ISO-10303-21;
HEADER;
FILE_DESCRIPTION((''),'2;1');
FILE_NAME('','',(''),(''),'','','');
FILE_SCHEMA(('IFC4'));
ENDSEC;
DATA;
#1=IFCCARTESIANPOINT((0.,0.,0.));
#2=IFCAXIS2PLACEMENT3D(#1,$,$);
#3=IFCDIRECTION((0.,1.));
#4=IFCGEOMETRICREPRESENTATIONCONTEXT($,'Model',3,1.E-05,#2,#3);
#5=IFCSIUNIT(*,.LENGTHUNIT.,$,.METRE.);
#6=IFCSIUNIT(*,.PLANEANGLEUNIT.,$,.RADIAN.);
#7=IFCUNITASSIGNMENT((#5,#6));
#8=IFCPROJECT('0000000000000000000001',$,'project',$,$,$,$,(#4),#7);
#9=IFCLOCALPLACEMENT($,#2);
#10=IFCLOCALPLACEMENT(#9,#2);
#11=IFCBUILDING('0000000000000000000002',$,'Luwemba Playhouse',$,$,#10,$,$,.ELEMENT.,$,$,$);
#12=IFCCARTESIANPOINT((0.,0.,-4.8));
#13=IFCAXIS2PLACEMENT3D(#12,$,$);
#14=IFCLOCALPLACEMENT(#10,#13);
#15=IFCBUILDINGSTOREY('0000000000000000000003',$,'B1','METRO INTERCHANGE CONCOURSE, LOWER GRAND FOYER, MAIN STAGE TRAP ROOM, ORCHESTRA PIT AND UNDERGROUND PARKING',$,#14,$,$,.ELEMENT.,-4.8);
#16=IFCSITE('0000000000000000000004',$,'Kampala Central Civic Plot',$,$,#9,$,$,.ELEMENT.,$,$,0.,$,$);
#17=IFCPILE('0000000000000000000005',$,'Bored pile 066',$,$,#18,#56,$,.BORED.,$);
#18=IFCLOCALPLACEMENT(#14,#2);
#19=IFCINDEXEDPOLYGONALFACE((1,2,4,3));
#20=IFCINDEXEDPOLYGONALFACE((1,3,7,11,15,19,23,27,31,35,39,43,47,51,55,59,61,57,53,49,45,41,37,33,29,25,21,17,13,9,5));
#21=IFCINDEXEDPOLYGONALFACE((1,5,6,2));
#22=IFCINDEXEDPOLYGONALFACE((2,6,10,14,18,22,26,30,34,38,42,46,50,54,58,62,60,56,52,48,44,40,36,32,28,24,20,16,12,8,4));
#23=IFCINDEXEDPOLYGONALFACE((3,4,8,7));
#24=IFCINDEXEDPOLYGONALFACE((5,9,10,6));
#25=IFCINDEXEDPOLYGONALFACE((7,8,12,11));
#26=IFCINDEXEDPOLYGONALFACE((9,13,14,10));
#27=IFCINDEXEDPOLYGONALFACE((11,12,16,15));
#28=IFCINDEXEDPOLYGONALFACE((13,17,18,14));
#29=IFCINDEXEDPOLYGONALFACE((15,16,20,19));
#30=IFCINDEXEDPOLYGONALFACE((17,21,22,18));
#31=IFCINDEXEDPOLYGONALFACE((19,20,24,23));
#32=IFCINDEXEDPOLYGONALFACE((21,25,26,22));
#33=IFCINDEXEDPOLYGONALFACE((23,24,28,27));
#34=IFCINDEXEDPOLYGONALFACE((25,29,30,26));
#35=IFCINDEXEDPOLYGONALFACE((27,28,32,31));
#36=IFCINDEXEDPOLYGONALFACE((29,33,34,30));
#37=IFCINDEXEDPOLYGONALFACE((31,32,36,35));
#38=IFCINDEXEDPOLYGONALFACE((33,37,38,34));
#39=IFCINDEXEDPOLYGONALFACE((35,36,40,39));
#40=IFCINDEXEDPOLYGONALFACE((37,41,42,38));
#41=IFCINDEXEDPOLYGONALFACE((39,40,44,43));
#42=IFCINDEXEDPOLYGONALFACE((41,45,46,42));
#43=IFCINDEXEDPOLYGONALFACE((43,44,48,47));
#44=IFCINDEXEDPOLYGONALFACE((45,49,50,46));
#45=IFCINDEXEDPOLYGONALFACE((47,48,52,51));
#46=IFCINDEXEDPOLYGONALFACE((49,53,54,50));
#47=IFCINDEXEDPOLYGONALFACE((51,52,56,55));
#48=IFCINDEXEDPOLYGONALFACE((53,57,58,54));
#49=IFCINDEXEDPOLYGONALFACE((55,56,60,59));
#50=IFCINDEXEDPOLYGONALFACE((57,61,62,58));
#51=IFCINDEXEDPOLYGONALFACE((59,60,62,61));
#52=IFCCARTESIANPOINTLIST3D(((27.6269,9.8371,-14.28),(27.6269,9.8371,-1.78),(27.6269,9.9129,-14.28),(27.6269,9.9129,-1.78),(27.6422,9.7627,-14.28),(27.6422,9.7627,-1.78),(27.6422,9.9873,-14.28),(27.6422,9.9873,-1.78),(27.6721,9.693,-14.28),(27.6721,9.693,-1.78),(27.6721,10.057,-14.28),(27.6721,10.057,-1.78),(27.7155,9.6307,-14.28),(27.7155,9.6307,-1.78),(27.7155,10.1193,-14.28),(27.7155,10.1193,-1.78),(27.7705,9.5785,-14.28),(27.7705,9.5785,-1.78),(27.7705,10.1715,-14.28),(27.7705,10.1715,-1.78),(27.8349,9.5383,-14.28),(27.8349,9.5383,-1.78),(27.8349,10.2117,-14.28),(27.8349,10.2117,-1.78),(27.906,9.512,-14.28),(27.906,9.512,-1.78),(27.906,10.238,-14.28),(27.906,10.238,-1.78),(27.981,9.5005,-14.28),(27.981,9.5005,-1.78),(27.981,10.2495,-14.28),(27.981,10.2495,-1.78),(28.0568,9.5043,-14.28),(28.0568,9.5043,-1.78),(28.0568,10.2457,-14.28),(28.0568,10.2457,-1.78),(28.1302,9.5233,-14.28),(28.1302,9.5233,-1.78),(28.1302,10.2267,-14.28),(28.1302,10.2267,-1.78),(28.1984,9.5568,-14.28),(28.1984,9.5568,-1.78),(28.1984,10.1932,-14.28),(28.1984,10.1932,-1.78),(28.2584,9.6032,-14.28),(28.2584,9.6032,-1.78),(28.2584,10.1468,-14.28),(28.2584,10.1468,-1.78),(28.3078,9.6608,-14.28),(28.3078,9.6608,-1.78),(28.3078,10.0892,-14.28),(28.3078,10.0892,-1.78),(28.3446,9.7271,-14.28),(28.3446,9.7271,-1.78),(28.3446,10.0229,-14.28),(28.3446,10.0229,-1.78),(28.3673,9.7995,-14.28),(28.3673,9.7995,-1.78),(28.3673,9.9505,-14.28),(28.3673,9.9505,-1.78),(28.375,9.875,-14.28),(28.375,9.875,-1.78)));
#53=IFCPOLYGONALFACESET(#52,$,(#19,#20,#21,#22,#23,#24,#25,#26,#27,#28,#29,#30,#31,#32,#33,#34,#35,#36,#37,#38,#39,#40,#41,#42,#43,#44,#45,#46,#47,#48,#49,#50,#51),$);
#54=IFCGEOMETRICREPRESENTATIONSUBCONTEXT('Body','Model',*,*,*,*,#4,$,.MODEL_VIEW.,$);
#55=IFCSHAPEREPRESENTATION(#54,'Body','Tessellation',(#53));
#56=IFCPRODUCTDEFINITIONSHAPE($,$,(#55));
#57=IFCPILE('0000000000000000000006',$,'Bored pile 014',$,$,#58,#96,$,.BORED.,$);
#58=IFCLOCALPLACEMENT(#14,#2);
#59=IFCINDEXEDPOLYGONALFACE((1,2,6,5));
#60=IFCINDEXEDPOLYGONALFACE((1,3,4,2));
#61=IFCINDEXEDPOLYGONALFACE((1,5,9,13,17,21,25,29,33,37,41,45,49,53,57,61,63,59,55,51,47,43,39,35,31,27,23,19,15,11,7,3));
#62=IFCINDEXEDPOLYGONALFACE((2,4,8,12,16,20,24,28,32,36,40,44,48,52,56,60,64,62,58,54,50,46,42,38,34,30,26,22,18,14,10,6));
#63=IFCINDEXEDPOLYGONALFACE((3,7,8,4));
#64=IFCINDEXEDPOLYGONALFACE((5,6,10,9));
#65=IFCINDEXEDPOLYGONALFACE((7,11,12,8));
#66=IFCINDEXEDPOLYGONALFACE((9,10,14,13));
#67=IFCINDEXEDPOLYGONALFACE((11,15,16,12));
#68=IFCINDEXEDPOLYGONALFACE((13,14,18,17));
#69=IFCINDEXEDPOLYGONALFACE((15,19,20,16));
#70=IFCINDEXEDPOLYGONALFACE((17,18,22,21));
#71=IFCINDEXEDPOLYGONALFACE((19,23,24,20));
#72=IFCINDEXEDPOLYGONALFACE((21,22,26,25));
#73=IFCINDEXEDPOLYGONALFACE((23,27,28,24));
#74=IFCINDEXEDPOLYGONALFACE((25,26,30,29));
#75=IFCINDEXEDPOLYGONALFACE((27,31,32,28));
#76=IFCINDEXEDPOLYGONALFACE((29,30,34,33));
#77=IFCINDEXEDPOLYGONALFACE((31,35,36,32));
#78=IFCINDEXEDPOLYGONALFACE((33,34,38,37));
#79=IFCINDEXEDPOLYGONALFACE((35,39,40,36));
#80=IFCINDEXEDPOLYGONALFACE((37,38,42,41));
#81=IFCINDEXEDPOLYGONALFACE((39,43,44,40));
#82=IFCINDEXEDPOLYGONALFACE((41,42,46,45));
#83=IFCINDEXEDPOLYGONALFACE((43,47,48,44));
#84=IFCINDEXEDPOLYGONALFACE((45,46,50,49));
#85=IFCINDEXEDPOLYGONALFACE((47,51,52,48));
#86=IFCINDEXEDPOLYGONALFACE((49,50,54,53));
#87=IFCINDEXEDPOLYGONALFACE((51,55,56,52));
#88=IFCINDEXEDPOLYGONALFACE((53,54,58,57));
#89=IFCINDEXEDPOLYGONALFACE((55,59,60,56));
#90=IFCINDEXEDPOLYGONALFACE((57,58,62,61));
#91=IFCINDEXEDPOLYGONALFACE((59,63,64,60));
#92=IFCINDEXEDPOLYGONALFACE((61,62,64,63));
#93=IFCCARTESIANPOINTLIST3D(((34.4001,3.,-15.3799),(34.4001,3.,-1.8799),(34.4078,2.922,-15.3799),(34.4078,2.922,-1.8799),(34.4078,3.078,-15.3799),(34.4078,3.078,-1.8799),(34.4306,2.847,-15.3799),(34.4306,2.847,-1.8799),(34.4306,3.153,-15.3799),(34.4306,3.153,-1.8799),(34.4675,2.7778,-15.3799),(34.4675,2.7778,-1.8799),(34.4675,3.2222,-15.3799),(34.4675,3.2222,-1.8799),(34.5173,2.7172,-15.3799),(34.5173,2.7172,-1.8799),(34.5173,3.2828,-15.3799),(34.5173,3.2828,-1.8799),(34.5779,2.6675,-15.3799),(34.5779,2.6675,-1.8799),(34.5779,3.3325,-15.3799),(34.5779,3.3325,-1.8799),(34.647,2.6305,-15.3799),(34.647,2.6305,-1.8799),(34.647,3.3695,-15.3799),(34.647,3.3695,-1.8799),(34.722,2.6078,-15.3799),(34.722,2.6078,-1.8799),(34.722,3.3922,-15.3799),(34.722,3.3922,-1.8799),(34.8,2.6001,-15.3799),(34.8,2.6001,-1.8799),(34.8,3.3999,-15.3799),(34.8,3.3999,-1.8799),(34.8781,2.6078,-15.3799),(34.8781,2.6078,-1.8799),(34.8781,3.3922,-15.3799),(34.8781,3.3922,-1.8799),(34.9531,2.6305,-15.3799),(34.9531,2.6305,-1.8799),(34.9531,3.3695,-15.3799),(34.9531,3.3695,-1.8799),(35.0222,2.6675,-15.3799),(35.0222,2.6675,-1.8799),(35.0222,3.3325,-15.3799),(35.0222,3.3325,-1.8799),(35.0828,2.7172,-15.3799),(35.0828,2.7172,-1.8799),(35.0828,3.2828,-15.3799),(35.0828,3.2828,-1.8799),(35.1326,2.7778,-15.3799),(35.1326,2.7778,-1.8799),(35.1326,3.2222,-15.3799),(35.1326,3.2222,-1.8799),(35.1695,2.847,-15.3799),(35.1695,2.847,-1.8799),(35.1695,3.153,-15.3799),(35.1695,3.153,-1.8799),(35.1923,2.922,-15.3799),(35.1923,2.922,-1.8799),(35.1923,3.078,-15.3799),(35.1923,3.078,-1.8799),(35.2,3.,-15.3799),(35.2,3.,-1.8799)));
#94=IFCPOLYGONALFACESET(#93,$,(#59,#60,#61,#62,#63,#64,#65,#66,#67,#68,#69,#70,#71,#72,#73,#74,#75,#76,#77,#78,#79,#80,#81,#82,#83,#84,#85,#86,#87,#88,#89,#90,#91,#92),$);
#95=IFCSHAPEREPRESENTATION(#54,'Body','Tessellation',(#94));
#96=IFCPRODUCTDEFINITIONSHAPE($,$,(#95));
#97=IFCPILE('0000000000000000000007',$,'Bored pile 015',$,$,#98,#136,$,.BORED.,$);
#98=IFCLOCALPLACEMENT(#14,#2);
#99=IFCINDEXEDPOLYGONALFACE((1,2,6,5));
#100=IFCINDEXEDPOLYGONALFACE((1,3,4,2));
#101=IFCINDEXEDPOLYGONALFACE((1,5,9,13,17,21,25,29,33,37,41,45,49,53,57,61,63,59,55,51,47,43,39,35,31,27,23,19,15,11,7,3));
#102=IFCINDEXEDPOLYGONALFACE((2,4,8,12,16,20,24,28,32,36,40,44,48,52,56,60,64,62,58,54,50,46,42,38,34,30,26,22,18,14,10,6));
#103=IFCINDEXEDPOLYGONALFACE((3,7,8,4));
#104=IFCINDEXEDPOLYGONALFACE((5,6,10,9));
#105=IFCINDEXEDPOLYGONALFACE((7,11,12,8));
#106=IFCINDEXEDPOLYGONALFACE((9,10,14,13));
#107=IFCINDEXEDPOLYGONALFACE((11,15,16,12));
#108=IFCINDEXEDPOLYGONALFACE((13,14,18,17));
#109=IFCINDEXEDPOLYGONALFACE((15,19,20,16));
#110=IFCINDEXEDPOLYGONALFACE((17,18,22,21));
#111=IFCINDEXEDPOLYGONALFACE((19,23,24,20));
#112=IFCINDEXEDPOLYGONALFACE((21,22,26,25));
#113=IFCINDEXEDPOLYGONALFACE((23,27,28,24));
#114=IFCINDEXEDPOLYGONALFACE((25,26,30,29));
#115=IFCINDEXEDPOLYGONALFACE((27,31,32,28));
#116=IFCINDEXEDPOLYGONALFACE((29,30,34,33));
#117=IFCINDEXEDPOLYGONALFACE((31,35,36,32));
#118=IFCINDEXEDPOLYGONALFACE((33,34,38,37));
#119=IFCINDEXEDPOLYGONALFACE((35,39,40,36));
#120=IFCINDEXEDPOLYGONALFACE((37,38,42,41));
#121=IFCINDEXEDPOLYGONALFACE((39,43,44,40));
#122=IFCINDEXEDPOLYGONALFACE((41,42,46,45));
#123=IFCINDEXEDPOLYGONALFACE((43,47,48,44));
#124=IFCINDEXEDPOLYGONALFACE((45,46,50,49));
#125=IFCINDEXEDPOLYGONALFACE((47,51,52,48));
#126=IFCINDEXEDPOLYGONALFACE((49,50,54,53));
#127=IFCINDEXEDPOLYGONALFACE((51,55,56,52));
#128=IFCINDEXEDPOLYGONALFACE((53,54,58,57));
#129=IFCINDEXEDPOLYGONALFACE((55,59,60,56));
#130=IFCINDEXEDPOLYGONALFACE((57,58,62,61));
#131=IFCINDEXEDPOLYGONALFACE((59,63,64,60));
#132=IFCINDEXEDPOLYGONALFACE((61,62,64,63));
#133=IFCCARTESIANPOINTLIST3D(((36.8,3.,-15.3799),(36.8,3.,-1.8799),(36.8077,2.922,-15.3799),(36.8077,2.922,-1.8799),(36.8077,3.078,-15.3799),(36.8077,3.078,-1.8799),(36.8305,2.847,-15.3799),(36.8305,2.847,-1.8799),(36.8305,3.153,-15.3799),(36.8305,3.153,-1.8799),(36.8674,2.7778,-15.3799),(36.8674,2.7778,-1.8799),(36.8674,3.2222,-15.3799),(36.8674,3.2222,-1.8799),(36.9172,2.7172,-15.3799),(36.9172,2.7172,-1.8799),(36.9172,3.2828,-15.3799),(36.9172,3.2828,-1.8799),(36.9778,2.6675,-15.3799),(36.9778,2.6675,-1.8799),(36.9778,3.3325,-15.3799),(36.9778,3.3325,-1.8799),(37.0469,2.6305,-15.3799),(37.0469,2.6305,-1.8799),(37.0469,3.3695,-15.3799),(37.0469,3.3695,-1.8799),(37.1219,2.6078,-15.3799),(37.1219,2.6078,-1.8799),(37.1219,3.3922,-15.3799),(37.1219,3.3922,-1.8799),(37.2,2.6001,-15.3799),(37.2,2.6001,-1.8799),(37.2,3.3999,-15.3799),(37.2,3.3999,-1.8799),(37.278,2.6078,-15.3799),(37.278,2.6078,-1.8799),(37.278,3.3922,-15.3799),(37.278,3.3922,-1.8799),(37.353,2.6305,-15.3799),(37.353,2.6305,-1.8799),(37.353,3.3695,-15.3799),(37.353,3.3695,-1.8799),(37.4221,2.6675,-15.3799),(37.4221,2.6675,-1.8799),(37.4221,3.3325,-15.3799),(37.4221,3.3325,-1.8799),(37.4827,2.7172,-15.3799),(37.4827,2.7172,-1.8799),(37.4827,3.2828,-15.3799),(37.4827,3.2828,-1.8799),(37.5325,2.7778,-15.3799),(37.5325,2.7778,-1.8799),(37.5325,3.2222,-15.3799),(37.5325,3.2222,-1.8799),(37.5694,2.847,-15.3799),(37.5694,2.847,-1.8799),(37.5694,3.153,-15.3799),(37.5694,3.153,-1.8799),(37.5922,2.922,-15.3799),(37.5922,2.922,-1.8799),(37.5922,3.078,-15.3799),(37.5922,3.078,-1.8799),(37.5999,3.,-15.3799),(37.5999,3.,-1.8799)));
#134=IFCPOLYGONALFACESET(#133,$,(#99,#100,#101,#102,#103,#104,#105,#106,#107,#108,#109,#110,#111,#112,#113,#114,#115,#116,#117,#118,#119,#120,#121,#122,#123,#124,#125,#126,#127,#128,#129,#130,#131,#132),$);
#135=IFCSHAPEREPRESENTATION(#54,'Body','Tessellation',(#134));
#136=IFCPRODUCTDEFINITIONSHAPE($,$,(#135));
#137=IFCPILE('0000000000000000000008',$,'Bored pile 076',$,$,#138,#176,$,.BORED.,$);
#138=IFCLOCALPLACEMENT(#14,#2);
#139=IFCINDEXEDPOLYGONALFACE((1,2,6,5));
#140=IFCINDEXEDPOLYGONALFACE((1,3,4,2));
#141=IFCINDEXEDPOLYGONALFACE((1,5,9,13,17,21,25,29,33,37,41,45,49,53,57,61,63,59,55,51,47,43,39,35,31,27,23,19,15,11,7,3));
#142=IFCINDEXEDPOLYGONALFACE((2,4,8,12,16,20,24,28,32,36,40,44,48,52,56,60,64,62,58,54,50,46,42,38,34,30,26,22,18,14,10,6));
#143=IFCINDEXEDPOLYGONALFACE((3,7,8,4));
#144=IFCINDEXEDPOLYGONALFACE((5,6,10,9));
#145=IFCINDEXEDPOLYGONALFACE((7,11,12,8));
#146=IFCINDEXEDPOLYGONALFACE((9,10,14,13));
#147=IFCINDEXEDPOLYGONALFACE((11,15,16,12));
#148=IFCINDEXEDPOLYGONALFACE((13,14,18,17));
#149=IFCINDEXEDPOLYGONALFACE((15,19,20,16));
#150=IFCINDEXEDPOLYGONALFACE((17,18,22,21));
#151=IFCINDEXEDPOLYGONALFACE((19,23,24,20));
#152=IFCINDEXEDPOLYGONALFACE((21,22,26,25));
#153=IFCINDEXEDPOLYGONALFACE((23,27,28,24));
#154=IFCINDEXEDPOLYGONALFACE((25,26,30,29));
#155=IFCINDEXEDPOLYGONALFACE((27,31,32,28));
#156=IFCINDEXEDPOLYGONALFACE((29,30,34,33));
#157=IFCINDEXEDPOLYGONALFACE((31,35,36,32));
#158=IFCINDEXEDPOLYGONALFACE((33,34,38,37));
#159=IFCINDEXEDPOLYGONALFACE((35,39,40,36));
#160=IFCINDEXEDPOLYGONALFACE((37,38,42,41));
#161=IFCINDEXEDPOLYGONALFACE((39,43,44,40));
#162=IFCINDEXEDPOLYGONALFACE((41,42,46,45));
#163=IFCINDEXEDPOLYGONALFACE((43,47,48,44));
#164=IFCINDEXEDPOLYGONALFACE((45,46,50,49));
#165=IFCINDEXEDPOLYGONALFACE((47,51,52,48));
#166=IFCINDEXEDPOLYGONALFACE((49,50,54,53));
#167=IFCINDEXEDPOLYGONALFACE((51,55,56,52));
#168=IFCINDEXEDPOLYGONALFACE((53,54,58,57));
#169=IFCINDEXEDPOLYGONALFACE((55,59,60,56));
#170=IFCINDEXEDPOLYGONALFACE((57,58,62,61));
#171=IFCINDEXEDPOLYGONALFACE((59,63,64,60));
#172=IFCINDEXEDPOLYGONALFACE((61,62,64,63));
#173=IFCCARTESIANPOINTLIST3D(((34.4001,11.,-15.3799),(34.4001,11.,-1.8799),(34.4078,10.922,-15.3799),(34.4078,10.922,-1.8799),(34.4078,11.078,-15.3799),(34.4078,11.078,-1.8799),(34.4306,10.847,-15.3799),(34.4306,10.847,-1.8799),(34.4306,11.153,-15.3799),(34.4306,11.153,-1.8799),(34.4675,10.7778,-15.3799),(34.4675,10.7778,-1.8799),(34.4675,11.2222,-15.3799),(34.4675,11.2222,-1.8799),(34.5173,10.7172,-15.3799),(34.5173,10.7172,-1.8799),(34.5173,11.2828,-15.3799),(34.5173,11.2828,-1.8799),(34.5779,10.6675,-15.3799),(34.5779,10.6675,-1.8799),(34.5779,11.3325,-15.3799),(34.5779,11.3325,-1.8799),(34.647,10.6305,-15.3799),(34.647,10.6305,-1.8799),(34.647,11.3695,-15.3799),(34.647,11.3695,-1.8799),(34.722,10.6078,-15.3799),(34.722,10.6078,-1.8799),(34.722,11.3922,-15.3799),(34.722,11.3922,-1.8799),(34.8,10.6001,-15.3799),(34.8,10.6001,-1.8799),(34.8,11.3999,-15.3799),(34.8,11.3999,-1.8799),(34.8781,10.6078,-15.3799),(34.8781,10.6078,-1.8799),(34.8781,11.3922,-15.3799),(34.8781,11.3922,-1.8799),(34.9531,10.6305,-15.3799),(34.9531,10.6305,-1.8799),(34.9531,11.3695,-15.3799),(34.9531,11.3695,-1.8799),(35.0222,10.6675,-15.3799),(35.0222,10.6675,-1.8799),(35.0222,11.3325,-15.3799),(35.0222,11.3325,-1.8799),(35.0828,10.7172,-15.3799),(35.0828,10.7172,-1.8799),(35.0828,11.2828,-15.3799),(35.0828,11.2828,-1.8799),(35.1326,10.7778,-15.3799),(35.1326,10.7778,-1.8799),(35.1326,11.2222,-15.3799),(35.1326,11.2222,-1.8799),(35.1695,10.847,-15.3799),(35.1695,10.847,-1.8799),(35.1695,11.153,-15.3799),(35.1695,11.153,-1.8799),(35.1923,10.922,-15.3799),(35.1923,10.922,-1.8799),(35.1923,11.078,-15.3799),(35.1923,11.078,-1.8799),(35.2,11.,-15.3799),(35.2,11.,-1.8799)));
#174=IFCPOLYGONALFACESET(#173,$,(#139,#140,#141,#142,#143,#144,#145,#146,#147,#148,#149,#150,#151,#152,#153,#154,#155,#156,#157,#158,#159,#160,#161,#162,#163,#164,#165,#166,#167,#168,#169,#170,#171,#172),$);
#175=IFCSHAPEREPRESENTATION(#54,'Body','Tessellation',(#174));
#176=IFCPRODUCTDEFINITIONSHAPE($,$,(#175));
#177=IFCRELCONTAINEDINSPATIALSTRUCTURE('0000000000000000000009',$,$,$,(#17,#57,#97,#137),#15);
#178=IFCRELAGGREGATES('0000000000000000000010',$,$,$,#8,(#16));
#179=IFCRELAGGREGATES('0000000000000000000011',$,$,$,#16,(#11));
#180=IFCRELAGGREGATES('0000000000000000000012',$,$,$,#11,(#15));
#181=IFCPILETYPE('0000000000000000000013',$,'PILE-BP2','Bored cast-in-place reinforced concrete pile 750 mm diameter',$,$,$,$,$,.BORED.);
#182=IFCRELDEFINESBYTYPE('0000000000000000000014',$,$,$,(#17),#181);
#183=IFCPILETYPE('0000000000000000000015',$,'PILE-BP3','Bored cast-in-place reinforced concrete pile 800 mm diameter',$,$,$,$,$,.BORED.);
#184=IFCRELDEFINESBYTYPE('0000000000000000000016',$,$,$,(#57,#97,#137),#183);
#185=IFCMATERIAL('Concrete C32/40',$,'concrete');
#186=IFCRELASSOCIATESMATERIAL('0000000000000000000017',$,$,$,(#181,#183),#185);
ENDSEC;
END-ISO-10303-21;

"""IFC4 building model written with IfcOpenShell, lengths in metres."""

from ifc_helpers import new_model, si_unit, direction, frame, origin, origin_2d, place, context, subcontext, project, spatial, circle, extrude, material, material_profile, profile_set, type_object, element, save


model = new_model("IFC4")

# Units and contexts
model_context = context("Model", 3, precision=1e-05, world=origin(), true_north=direction((0.0, 1.0)))
body_context = subcontext(model_context, "Body", "Model", "MODEL_VIEW")
ifc_project = project(units=[si_unit("LENGTHUNIT", "METRE"), si_unit("PLANEANGLEUNIT", "RADIAN")], contexts=[model_context])

# Site, building, storey
site_placement = place(None, origin())
site = spatial("IfcSite", under=ifc_project, at=site_placement, Name="Kampala Central Civic Plot", CompositionType="ELEMENT", RefElevation=0.0)
building_placement = place(site_placement, origin())
building = spatial("IfcBuilding", under=site, at=building_placement, Name="Luwemba Playhouse", CompositionType="ELEMENT")
storey_placement = place(building_placement, frame((0.0, 0.0, -4.8)))
storey = spatial("IfcBuildingStorey", under=building, at=storey_placement, Name="B1", Description="METRO INTERCHANGE CONCOURSE, LOWER GRAND FOYER, MAIN STAGE TRAP ROOM, ORCHESTRA PIT AND UNDERGROUND PARKING", CompositionType="ELEMENT", Elevation=-4.8)

# Shared definitions
ifc_material_1 = material(Name="Concrete C32/40", Category="concrete")

# Piles
ifc_material_profile_1 = material_profile(ifc_material_1, circle(Radius=0.375, at=origin_2d()))
ifc_profile_set_1 = profile_set([ifc_material_profile_1], Name="Concrete C32/40")
pile_type_1 = type_object("IfcPileType", Name="PILE-BP2", Description="Bored cast-in-place reinforced concrete pile 750 mm diameter", PredefinedType="BORED", material=ifc_profile_set_1)
for number, where, z_axis, x_axis, name in (
    (1, (28.0, 9.875, -1.78), (0.0, 0.0, -1.0), (1.0, 0.0, 0.0), "Bored pile 066"),
):
    element("IfcPile", number, at=place(storey_placement, frame(where, z_axis=z_axis, x_axis=x_axis)), inside=storey, type_object=pile_type_1, Name=name, PredefinedType="BORED", context=body_context, shape_type="SweptSolid", body=[
        extrude(circle(Radius=0.375, at=origin_2d()), origin(), (0.0, 0.0, 1.0), 12.5),
    ])
ifc_material_profile_2 = material_profile(ifc_material_1, circle(Radius=0.3999, at=origin_2d()))
ifc_profile_set_2 = profile_set([ifc_material_profile_2], Name="Concrete C32/40")
pile_type_2 = type_object("IfcPileType", Name="PILE-BP3", Description="Bored cast-in-place reinforced concrete pile 800 mm diameter", PredefinedType="BORED", material=ifc_profile_set_2)
for number, where, z_axis, x_axis, name in (
    (2, (34.8, 3.0, -1.8799), (0.0, 0.0, -1.0), (1.0, 0.0, 0.0), "Bored pile 014"),
    (3, (37.2, 3.0, -1.8799), (0.0, 0.0, -1.0), (1.0, 0.0, 0.0), "Bored pile 015"),
    (4, (34.8, 11.0, -1.8799), (0.0, 0.0, -1.0), (1.0, 0.0, 0.0), "Bored pile 076"),
):
    element("IfcPile", number, at=place(storey_placement, frame(where, z_axis=z_axis, x_axis=x_axis)), inside=storey, type_object=pile_type_2, Name=name, PredefinedType="BORED", context=body_context, shape_type="SweptSolid", body=[
        extrude(circle(Radius=0.3999, at=origin_2d()), origin(), (0.0, 0.0, 1.0), 13.5),
    ])

save(model, "model.ifc")
